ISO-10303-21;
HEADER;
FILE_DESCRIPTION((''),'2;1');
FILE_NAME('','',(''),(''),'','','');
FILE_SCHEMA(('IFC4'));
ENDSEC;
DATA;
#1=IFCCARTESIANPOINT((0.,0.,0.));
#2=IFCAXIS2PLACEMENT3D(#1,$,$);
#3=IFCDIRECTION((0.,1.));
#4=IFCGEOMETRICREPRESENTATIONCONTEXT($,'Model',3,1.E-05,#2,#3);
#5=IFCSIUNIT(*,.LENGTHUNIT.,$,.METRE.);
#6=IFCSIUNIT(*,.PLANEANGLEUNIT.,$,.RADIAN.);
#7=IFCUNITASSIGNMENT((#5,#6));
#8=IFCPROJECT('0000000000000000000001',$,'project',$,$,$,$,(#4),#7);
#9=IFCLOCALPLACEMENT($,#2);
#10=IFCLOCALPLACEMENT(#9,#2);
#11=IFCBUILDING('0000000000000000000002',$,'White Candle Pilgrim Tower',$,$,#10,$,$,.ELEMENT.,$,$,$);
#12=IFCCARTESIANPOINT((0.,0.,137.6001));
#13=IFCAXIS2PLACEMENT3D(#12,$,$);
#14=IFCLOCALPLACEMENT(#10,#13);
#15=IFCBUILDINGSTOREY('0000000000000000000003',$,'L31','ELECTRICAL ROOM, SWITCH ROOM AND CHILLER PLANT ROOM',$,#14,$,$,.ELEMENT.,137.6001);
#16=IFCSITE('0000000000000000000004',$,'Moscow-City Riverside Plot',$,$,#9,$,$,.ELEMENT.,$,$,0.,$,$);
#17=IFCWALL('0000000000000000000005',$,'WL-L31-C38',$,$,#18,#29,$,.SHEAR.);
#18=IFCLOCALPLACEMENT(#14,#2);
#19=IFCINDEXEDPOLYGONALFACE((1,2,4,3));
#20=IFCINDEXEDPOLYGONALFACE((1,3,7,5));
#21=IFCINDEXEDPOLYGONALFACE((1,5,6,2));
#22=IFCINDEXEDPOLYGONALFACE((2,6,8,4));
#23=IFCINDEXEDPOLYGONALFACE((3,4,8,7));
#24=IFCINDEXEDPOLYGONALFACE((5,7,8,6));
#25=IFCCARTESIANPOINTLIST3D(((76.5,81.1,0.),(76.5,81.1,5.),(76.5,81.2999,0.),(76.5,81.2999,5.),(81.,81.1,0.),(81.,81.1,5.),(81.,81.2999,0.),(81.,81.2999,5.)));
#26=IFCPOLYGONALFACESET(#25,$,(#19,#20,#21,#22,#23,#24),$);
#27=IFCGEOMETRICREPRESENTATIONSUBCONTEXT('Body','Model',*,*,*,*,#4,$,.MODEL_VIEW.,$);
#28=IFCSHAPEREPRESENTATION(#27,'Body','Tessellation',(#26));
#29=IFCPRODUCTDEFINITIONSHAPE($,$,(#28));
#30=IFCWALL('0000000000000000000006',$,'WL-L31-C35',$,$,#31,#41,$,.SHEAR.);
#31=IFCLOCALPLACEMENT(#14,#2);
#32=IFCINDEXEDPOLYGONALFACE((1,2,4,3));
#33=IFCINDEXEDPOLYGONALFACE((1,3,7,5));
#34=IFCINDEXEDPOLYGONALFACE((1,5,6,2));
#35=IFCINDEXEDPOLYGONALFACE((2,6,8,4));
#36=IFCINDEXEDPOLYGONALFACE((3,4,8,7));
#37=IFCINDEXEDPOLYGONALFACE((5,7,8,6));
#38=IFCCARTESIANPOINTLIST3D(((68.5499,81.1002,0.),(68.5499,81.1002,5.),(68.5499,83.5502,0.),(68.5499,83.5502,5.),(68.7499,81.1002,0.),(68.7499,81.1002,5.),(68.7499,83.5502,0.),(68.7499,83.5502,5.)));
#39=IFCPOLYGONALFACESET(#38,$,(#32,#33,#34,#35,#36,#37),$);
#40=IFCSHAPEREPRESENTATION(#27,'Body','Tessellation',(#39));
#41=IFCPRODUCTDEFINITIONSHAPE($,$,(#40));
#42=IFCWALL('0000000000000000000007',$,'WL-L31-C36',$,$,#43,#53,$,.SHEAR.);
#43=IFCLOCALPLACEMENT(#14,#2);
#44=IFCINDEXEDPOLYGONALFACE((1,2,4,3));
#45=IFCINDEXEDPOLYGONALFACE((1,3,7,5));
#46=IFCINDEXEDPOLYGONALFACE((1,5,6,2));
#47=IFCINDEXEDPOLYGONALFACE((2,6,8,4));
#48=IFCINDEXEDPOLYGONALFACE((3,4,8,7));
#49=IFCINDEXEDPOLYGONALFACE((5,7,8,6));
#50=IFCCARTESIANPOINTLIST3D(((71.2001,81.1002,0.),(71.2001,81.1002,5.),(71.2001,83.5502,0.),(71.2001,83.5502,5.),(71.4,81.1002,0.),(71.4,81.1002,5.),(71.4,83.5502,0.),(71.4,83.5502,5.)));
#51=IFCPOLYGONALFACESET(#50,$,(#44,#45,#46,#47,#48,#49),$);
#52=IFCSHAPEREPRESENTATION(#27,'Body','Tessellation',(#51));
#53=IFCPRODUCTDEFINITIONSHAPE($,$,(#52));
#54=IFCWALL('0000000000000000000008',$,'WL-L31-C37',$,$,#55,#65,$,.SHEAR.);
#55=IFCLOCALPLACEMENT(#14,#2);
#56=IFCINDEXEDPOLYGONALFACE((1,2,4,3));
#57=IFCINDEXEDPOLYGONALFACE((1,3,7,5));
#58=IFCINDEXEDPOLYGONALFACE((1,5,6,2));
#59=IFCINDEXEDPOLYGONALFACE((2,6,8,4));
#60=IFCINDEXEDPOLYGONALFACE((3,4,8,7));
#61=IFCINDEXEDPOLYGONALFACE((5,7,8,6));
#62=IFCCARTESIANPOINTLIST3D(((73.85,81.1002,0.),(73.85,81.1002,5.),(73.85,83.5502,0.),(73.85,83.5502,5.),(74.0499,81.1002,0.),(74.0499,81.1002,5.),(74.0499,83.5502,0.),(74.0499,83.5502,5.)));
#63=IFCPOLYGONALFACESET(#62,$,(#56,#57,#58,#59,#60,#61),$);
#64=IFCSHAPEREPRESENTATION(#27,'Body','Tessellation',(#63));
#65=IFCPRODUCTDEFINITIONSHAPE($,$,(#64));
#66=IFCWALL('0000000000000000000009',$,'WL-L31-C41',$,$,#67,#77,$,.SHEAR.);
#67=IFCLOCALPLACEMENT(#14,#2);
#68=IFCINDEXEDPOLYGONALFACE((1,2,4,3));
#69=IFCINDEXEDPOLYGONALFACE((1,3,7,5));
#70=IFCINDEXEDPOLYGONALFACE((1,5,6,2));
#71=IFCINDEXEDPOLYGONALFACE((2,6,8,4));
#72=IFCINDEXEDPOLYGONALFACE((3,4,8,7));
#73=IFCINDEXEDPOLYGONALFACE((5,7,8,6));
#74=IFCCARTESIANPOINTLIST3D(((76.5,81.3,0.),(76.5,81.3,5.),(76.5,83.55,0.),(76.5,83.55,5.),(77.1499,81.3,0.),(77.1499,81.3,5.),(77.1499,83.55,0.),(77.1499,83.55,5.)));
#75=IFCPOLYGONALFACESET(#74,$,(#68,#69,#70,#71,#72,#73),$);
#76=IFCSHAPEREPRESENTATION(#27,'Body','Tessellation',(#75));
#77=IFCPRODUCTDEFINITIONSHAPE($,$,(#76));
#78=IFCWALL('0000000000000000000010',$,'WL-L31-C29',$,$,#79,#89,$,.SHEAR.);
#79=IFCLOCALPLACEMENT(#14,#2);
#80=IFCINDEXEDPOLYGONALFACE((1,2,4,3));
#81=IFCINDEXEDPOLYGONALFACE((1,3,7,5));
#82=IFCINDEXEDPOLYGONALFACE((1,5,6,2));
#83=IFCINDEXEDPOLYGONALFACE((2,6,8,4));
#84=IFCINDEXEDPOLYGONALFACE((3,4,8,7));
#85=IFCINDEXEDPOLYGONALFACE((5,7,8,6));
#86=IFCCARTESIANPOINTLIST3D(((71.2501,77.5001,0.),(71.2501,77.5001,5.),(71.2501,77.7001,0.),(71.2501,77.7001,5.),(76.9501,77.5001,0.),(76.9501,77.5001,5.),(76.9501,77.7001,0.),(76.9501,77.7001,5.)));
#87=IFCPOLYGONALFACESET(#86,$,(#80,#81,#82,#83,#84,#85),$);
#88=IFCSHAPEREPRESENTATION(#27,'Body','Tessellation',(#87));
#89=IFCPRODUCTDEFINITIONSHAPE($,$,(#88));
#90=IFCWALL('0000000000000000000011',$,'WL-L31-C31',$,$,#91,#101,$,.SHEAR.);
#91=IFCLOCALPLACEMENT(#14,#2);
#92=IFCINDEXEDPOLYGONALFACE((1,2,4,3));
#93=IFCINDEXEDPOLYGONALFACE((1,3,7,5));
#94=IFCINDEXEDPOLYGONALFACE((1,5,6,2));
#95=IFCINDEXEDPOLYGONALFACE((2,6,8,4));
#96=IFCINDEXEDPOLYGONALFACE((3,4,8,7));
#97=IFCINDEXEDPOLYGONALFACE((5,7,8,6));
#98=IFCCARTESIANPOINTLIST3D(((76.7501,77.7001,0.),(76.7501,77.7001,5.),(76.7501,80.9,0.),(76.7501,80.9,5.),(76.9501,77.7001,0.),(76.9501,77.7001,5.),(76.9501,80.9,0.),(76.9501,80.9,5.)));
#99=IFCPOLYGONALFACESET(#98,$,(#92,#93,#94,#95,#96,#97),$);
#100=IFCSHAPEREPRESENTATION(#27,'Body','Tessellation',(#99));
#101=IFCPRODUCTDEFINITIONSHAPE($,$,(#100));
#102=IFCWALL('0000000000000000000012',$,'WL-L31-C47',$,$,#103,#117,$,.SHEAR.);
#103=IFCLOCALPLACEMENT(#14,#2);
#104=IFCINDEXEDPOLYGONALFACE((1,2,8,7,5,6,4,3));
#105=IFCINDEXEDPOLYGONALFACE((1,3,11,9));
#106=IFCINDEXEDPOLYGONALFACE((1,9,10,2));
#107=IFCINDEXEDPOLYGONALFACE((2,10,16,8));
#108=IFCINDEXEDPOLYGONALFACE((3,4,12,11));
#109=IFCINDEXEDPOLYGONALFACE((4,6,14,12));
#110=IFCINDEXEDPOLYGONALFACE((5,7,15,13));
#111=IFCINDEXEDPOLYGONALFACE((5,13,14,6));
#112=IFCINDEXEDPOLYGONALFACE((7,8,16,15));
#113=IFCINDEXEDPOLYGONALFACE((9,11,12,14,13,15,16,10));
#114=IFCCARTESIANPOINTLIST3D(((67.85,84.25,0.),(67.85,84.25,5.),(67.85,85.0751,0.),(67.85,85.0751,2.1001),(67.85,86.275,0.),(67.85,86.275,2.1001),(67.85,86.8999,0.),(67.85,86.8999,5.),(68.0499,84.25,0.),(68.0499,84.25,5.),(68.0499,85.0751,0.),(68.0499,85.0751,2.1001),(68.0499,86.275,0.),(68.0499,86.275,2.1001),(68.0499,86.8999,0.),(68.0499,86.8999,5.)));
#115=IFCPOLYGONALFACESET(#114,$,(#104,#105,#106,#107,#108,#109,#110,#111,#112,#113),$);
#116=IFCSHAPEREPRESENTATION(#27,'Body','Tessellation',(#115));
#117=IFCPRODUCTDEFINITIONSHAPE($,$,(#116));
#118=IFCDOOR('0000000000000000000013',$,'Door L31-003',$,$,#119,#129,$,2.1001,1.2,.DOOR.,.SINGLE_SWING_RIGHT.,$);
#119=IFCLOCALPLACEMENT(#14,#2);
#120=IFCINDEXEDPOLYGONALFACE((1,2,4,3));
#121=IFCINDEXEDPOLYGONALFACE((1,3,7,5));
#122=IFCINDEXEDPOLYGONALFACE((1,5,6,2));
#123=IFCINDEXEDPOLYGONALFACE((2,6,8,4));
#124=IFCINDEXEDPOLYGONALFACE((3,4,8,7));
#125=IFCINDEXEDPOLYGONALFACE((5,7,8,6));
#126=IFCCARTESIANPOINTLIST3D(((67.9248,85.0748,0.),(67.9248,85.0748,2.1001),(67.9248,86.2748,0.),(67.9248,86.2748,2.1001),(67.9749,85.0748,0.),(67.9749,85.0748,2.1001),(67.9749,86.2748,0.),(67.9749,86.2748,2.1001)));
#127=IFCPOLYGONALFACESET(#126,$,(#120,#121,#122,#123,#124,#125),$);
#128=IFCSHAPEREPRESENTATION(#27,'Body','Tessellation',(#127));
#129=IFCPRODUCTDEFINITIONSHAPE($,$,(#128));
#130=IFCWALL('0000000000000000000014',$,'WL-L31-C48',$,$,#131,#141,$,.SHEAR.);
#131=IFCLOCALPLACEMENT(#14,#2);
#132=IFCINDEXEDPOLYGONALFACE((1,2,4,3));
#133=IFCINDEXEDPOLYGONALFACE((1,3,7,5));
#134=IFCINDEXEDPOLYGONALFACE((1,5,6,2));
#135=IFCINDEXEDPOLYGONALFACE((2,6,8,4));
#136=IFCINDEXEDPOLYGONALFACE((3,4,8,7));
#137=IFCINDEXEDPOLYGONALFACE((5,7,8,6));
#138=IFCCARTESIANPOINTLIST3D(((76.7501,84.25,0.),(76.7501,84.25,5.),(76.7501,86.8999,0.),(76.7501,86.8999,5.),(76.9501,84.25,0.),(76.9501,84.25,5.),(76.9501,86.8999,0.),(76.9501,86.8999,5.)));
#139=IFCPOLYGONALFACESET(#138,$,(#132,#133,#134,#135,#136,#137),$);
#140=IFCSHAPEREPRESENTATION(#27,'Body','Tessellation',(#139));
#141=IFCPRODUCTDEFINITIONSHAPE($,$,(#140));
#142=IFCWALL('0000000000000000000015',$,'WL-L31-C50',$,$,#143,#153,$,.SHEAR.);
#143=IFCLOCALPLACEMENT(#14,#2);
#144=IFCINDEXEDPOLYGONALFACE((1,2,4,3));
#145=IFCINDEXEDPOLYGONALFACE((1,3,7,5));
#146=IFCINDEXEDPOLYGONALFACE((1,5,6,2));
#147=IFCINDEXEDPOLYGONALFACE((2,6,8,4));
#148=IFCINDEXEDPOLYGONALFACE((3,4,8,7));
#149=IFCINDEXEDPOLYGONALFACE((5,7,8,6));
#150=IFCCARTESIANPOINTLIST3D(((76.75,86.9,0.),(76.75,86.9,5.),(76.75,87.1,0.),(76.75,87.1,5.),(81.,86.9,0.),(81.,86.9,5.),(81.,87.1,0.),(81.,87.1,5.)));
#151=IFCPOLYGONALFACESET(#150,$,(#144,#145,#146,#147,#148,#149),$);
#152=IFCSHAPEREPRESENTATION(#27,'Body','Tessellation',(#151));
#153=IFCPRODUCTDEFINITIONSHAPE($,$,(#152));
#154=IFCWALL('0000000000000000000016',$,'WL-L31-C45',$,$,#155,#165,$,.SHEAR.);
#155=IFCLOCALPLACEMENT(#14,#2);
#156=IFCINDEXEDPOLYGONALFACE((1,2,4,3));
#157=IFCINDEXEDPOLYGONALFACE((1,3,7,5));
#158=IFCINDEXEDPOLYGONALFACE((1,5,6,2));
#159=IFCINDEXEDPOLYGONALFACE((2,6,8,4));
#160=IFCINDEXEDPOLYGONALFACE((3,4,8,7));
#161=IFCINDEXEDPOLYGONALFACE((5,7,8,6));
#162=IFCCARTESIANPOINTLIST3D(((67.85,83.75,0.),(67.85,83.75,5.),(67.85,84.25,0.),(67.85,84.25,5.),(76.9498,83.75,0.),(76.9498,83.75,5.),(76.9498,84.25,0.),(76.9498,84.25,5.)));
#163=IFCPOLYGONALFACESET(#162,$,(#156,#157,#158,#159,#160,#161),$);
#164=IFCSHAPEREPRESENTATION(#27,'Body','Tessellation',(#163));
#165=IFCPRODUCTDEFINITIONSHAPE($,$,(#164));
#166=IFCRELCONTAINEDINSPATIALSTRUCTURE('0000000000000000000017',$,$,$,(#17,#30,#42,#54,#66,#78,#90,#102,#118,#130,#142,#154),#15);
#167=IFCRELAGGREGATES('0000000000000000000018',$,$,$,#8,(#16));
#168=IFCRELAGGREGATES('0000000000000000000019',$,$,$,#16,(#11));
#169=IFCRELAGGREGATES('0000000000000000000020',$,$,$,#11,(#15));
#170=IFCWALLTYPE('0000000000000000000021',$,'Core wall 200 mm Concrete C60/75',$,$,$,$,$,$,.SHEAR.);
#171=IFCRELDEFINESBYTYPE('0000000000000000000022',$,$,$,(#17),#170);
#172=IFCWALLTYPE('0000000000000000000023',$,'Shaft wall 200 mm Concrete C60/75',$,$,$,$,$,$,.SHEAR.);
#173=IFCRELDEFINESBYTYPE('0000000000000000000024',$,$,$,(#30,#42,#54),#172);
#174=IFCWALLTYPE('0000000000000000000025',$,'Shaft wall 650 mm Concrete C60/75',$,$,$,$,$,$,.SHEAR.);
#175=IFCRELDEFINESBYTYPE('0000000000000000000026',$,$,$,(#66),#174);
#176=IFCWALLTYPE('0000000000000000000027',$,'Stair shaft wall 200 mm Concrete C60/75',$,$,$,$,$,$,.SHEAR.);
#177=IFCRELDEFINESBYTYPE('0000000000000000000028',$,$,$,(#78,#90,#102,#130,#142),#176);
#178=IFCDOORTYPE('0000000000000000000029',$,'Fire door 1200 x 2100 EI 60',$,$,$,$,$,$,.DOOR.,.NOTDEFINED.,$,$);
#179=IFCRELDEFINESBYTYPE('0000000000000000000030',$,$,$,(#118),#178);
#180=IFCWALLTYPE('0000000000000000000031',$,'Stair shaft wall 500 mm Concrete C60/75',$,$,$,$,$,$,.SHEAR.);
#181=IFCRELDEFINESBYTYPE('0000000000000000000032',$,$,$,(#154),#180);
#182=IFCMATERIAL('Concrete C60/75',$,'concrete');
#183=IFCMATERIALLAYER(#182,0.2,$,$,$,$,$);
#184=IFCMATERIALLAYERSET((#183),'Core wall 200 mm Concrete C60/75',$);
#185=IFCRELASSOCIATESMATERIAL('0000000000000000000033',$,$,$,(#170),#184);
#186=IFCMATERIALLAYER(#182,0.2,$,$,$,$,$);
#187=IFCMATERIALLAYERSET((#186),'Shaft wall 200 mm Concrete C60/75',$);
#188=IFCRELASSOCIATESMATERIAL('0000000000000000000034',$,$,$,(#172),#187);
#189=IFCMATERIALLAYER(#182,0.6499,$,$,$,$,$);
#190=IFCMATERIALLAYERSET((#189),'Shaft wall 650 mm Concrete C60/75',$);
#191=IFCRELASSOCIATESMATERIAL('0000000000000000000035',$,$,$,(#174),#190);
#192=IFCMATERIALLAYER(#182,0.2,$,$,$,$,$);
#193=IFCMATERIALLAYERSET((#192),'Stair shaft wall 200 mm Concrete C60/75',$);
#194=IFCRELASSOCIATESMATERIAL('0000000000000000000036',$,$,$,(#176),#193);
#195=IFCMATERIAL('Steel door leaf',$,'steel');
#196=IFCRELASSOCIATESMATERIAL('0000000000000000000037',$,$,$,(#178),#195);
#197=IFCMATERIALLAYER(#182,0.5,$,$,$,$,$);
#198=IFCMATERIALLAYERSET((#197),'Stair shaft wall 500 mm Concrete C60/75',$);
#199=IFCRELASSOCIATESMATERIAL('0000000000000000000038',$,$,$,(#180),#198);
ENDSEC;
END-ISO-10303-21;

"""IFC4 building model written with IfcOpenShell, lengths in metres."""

from ifc_helpers import new_model, si_unit, direction, frame, frame_2d, origin, place, context, subcontext, project, spatial, rectangle, extrude, material, layer, layer_set, type_object, element, fill, save


model = new_model("IFC4")

# Units and contexts
model_context = context("Model", 3, precision=1e-05, world=origin(), true_north=direction((0.0, 1.0)))
body_context = subcontext(model_context, "Body", "Model", "MODEL_VIEW")
ifc_project = project(units=[si_unit("LENGTHUNIT", "METRE"), si_unit("PLANEANGLEUNIT", "RADIAN")], contexts=[model_context])

# Site, building, storey
site_placement = place(None, origin())
site = spatial("IfcSite", under=ifc_project, at=site_placement, Name="Moscow-City Riverside Plot", CompositionType="ELEMENT", RefElevation=0.0)
building_placement = place(site_placement, origin())
building = spatial("IfcBuilding", under=site, at=building_placement, Name="White Candle Pilgrim Tower", CompositionType="ELEMENT")
storey_placement = place(building_placement, frame((0.0, 0.0, 137.6001)))
storey = spatial("IfcBuildingStorey", under=building, at=storey_placement, Name="L31", Description="ELECTRICAL ROOM, SWITCH ROOM AND CHILLER PLANT ROOM", CompositionType="ELEMENT", Elevation=137.6001)

# Walls
ifc_material_1 = material(Name="Concrete C60/75", Category="concrete")
ifc_layer_1 = layer(ifc_material_1, 0.2)
ifc_layer_set_1 = layer_set([ifc_layer_1], Name="Core wall 200 mm Concrete C60/75")
wall_type_1 = type_object("IfcWallType", Name="Core wall 200 mm Concrete C60/75", PredefinedType="SHEAR", material=ifc_layer_set_1)
wall_1_placement = place(storey_placement, frame((76.5, 81.2, 0.0), z_axis=(0.0, 0.0, 1.0), x_axis=(1.0, 0.0, 0.0)))
element("IfcWall", 1, at=wall_1_placement, inside=storey, type_object=wall_type_1, Name="WL-L31-C38", PredefinedType="SHEAR", context=body_context, shape_type="SweptSolid", body=[
    extrude(rectangle(XDim=4.5, YDim=0.2, at=frame_2d((2.25, 0.0))), origin(), (0.0, 0.0, 1.0), 5.0),
])
ifc_layer_2 = layer(ifc_material_1, 0.2)
ifc_layer_set_2 = layer_set([ifc_layer_2], Name="Shaft wall 200 mm Concrete C60/75")
wall_type_2 = type_object("IfcWallType", Name="Shaft wall 200 mm Concrete C60/75", PredefinedType="SHEAR", material=ifc_layer_set_2)
for number, where, z_axis, x_axis, name in (
    (2, (68.6499, 81.1001, 0.0), (0.0, 0.0, 1.0), (0.0, 1.0, 0.0), "WL-L31-C35"),
    (3, (71.3, 81.1001, 0.0), (0.0, 0.0, 1.0), (0.0, 1.0, 0.0), "WL-L31-C36"),
    (4, (73.95, 81.1001, 0.0), (0.0, 0.0, 1.0), (0.0, 1.0, 0.0), "WL-L31-C37"),
):
    element("IfcWall", number, at=place(storey_placement, frame(where, z_axis=z_axis, x_axis=x_axis)), inside=storey, type_object=wall_type_2, Name=name, PredefinedType="SHEAR", context=body_context, shape_type="SweptSolid", body=[
        extrude(rectangle(XDim=2.45, YDim=0.2, at=frame_2d((1.2251, 0.0))), origin(), (0.0, 0.0, 1.0), 5.0),
    ])
ifc_layer_3 = layer(ifc_material_1, 0.6499)
ifc_layer_set_3 = layer_set([ifc_layer_3], Name="Shaft wall 650 mm Concrete C60/75")
wall_type_3 = type_object("IfcWallType", Name="Shaft wall 650 mm Concrete C60/75", PredefinedType="SHEAR", material=ifc_layer_set_3)
wall_2_placement = place(storey_placement, frame((76.825, 81.3, 0.0), z_axis=(0.0, 0.0, 1.0), x_axis=(0.0, 1.0, 0.0)))
element("IfcWall", 5, at=wall_2_placement, inside=storey, type_object=wall_type_3, Name="WL-L31-C41", PredefinedType="SHEAR", context=body_context, shape_type="SweptSolid", body=[
    extrude(rectangle(XDim=2.25, YDim=0.6499, at=frame_2d((1.125, 0.0))), origin(), (0.0, 0.0, 1.0), 5.0),
])
ifc_layer_4 = layer(ifc_material_1, 0.2)
ifc_layer_set_4 = layer_set([ifc_layer_4], Name="Stair shaft wall 200 mm Concrete C60/75")
wall_type_4 = type_object("IfcWallType", Name="Stair shaft wall 200 mm Concrete C60/75", PredefinedType="SHEAR", material=ifc_layer_set_4)
wall_3_placement = place(storey_placement, frame((71.25, 77.6001, 0.0), z_axis=(0.0, 0.0, 1.0), x_axis=(1.0, 0.0, 0.0)))
element("IfcWall", 6, at=wall_3_placement, inside=storey, type_object=wall_type_4, Name="WL-L31-C29", PredefinedType="SHEAR", context=body_context, shape_type="SweptSolid", body=[
    extrude(rectangle(XDim=5.7, YDim=0.2, at=frame_2d((2.8501, 0.0))), origin(), (0.0, 0.0, 1.0), 5.0),
])
wall_4_placement = place(storey_placement, frame((76.8501, 77.7, 0.0), z_axis=(0.0, 0.0, 1.0), x_axis=(0.0, 1.0, 0.0)))
element("IfcWall", 7, at=wall_4_placement, inside=storey, type_object=wall_type_4, Name="WL-L31-C31", PredefinedType="SHEAR", context=body_context, shape_type="SweptSolid", body=[
    extrude(rectangle(XDim=3.2, YDim=0.2, at=frame_2d((1.6001, 0.0))), origin(), (0.0, 0.0, 1.0), 5.0),
])

# Wall, opening, door
wall_5_placement = place(storey_placement, frame((67.95, 84.25, 0.0), z_axis=(0.0, 0.0, 1.0), x_axis=(0.0, 1.0, 0.0)))
wall_5 = element("IfcWall", 8, at=wall_5_placement, inside=storey, type_object=wall_type_4, Name="WL-L31-C47", PredefinedType="SHEAR", context=body_context, shape_type="SweptSolid", body=[
    extrude(rectangle(XDim=2.6499, YDim=0.2, at=frame_2d((1.325, 0.0))), origin(), (0.0, 0.0, 1.0), 5.0),
])
opening_placement = place(wall_5_placement, frame((0.825, 0.0, 0.0)))
opening = element("IfcOpeningElement", 9, at=opening_placement, cuts=wall_5, PredefinedType="OPENING", context=body_context, shape_type="SweptSolid", body=[
    extrude(rectangle(XDim=1.2, YDim=2.1001, at=frame_2d((0.6001, 1.05))), frame((0.0, 0.1099, 0.0), z_axis=(0.0, -1.0, 0.0), x_axis=(1.0, 0.0, 0.0)), (0.0, 0.0, 1.0), 0.22),
])
ifc_material_2 = material(Name="Steel door leaf", Category="steel")
door_type = type_object("IfcDoorType", Name="Fire door 1200 x 2100 EI 60", OperationType="NOTDEFINED", PredefinedType="DOOR", material=ifc_material_2)
door_placement = place(opening_placement, frame((1.2, 0.0, 0.0), z_axis=(0.0, 0.0, 1.0), x_axis=(-1.0, 0.0, 0.0)))
door = element("IfcDoor", 10, at=door_placement, inside=storey, type_object=door_type, Name="Door L31-003", OperationType="SINGLE_SWING_RIGHT", OverallHeight=2.1001, OverallWidth=1.2, PredefinedType="DOOR", context=body_context, shape_type="SweptSolid", body=[
    extrude(rectangle(XDim=1.2, YDim=2.1001, at=frame_2d((0.6001, 1.05))), frame((0.0, 0.0249, 0.0), z_axis=(0.0, -1.0, 0.0), x_axis=(1.0, 0.0, 0.0)), (0.0, 0.0, 1.0), 0.05),
])
fill(opening, door)

# Walls
wall_6_placement = place(storey_placement, frame((76.8501, 84.25, 0.0), z_axis=(0.0, 0.0, 1.0), x_axis=(0.0, 1.0, 0.0)))
element("IfcWall", 11, at=wall_6_placement, inside=storey, type_object=wall_type_4, Name="WL-L31-C48", PredefinedType="SHEAR", context=body_context, shape_type="SweptSolid", body=[
    extrude(rectangle(XDim=2.6499, YDim=0.2, at=frame_2d((1.325, 0.0))), origin(), (0.0, 0.0, 1.0), 5.0),
])
wall_7_placement = place(storey_placement, frame((76.75, 87.0, 0.0), z_axis=(0.0, 0.0, 1.0), x_axis=(1.0, 0.0, 0.0)))
element("IfcWall", 12, at=wall_7_placement, inside=storey, type_object=wall_type_4, Name="WL-L31-C50", PredefinedType="SHEAR", context=body_context, shape_type="SweptSolid", body=[
    extrude(rectangle(XDim=4.25, YDim=0.2, at=frame_2d((2.125, 0.0))), origin(), (0.0, 0.0, 1.0), 5.0),
])
ifc_layer_5 = layer(ifc_material_1, 0.5)
ifc_layer_set_5 = layer_set([ifc_layer_5], Name="Stair shaft wall 500 mm Concrete C60/75")
wall_type_5 = type_object("IfcWallType", Name="Stair shaft wall 500 mm Concrete C60/75", PredefinedType="SHEAR", material=ifc_layer_set_5)
wall_8_placement = place(storey_placement, frame((67.8501, 84.0, 0.0), z_axis=(0.0, 0.0, 1.0), x_axis=(1.0, 0.0, 0.0)))
element("IfcWall", 13, at=wall_8_placement, inside=storey, type_object=wall_type_5, Name="WL-L31-C45", PredefinedType="SHEAR", context=body_context, shape_type="SweptSolid", body=[
    extrude(rectangle(XDim=9.0999, YDim=0.5, at=frame_2d((4.5498, 0.0))), origin(), (0.0, 0.0, 1.0), 5.0),
])

save(model, "model.ifc")
